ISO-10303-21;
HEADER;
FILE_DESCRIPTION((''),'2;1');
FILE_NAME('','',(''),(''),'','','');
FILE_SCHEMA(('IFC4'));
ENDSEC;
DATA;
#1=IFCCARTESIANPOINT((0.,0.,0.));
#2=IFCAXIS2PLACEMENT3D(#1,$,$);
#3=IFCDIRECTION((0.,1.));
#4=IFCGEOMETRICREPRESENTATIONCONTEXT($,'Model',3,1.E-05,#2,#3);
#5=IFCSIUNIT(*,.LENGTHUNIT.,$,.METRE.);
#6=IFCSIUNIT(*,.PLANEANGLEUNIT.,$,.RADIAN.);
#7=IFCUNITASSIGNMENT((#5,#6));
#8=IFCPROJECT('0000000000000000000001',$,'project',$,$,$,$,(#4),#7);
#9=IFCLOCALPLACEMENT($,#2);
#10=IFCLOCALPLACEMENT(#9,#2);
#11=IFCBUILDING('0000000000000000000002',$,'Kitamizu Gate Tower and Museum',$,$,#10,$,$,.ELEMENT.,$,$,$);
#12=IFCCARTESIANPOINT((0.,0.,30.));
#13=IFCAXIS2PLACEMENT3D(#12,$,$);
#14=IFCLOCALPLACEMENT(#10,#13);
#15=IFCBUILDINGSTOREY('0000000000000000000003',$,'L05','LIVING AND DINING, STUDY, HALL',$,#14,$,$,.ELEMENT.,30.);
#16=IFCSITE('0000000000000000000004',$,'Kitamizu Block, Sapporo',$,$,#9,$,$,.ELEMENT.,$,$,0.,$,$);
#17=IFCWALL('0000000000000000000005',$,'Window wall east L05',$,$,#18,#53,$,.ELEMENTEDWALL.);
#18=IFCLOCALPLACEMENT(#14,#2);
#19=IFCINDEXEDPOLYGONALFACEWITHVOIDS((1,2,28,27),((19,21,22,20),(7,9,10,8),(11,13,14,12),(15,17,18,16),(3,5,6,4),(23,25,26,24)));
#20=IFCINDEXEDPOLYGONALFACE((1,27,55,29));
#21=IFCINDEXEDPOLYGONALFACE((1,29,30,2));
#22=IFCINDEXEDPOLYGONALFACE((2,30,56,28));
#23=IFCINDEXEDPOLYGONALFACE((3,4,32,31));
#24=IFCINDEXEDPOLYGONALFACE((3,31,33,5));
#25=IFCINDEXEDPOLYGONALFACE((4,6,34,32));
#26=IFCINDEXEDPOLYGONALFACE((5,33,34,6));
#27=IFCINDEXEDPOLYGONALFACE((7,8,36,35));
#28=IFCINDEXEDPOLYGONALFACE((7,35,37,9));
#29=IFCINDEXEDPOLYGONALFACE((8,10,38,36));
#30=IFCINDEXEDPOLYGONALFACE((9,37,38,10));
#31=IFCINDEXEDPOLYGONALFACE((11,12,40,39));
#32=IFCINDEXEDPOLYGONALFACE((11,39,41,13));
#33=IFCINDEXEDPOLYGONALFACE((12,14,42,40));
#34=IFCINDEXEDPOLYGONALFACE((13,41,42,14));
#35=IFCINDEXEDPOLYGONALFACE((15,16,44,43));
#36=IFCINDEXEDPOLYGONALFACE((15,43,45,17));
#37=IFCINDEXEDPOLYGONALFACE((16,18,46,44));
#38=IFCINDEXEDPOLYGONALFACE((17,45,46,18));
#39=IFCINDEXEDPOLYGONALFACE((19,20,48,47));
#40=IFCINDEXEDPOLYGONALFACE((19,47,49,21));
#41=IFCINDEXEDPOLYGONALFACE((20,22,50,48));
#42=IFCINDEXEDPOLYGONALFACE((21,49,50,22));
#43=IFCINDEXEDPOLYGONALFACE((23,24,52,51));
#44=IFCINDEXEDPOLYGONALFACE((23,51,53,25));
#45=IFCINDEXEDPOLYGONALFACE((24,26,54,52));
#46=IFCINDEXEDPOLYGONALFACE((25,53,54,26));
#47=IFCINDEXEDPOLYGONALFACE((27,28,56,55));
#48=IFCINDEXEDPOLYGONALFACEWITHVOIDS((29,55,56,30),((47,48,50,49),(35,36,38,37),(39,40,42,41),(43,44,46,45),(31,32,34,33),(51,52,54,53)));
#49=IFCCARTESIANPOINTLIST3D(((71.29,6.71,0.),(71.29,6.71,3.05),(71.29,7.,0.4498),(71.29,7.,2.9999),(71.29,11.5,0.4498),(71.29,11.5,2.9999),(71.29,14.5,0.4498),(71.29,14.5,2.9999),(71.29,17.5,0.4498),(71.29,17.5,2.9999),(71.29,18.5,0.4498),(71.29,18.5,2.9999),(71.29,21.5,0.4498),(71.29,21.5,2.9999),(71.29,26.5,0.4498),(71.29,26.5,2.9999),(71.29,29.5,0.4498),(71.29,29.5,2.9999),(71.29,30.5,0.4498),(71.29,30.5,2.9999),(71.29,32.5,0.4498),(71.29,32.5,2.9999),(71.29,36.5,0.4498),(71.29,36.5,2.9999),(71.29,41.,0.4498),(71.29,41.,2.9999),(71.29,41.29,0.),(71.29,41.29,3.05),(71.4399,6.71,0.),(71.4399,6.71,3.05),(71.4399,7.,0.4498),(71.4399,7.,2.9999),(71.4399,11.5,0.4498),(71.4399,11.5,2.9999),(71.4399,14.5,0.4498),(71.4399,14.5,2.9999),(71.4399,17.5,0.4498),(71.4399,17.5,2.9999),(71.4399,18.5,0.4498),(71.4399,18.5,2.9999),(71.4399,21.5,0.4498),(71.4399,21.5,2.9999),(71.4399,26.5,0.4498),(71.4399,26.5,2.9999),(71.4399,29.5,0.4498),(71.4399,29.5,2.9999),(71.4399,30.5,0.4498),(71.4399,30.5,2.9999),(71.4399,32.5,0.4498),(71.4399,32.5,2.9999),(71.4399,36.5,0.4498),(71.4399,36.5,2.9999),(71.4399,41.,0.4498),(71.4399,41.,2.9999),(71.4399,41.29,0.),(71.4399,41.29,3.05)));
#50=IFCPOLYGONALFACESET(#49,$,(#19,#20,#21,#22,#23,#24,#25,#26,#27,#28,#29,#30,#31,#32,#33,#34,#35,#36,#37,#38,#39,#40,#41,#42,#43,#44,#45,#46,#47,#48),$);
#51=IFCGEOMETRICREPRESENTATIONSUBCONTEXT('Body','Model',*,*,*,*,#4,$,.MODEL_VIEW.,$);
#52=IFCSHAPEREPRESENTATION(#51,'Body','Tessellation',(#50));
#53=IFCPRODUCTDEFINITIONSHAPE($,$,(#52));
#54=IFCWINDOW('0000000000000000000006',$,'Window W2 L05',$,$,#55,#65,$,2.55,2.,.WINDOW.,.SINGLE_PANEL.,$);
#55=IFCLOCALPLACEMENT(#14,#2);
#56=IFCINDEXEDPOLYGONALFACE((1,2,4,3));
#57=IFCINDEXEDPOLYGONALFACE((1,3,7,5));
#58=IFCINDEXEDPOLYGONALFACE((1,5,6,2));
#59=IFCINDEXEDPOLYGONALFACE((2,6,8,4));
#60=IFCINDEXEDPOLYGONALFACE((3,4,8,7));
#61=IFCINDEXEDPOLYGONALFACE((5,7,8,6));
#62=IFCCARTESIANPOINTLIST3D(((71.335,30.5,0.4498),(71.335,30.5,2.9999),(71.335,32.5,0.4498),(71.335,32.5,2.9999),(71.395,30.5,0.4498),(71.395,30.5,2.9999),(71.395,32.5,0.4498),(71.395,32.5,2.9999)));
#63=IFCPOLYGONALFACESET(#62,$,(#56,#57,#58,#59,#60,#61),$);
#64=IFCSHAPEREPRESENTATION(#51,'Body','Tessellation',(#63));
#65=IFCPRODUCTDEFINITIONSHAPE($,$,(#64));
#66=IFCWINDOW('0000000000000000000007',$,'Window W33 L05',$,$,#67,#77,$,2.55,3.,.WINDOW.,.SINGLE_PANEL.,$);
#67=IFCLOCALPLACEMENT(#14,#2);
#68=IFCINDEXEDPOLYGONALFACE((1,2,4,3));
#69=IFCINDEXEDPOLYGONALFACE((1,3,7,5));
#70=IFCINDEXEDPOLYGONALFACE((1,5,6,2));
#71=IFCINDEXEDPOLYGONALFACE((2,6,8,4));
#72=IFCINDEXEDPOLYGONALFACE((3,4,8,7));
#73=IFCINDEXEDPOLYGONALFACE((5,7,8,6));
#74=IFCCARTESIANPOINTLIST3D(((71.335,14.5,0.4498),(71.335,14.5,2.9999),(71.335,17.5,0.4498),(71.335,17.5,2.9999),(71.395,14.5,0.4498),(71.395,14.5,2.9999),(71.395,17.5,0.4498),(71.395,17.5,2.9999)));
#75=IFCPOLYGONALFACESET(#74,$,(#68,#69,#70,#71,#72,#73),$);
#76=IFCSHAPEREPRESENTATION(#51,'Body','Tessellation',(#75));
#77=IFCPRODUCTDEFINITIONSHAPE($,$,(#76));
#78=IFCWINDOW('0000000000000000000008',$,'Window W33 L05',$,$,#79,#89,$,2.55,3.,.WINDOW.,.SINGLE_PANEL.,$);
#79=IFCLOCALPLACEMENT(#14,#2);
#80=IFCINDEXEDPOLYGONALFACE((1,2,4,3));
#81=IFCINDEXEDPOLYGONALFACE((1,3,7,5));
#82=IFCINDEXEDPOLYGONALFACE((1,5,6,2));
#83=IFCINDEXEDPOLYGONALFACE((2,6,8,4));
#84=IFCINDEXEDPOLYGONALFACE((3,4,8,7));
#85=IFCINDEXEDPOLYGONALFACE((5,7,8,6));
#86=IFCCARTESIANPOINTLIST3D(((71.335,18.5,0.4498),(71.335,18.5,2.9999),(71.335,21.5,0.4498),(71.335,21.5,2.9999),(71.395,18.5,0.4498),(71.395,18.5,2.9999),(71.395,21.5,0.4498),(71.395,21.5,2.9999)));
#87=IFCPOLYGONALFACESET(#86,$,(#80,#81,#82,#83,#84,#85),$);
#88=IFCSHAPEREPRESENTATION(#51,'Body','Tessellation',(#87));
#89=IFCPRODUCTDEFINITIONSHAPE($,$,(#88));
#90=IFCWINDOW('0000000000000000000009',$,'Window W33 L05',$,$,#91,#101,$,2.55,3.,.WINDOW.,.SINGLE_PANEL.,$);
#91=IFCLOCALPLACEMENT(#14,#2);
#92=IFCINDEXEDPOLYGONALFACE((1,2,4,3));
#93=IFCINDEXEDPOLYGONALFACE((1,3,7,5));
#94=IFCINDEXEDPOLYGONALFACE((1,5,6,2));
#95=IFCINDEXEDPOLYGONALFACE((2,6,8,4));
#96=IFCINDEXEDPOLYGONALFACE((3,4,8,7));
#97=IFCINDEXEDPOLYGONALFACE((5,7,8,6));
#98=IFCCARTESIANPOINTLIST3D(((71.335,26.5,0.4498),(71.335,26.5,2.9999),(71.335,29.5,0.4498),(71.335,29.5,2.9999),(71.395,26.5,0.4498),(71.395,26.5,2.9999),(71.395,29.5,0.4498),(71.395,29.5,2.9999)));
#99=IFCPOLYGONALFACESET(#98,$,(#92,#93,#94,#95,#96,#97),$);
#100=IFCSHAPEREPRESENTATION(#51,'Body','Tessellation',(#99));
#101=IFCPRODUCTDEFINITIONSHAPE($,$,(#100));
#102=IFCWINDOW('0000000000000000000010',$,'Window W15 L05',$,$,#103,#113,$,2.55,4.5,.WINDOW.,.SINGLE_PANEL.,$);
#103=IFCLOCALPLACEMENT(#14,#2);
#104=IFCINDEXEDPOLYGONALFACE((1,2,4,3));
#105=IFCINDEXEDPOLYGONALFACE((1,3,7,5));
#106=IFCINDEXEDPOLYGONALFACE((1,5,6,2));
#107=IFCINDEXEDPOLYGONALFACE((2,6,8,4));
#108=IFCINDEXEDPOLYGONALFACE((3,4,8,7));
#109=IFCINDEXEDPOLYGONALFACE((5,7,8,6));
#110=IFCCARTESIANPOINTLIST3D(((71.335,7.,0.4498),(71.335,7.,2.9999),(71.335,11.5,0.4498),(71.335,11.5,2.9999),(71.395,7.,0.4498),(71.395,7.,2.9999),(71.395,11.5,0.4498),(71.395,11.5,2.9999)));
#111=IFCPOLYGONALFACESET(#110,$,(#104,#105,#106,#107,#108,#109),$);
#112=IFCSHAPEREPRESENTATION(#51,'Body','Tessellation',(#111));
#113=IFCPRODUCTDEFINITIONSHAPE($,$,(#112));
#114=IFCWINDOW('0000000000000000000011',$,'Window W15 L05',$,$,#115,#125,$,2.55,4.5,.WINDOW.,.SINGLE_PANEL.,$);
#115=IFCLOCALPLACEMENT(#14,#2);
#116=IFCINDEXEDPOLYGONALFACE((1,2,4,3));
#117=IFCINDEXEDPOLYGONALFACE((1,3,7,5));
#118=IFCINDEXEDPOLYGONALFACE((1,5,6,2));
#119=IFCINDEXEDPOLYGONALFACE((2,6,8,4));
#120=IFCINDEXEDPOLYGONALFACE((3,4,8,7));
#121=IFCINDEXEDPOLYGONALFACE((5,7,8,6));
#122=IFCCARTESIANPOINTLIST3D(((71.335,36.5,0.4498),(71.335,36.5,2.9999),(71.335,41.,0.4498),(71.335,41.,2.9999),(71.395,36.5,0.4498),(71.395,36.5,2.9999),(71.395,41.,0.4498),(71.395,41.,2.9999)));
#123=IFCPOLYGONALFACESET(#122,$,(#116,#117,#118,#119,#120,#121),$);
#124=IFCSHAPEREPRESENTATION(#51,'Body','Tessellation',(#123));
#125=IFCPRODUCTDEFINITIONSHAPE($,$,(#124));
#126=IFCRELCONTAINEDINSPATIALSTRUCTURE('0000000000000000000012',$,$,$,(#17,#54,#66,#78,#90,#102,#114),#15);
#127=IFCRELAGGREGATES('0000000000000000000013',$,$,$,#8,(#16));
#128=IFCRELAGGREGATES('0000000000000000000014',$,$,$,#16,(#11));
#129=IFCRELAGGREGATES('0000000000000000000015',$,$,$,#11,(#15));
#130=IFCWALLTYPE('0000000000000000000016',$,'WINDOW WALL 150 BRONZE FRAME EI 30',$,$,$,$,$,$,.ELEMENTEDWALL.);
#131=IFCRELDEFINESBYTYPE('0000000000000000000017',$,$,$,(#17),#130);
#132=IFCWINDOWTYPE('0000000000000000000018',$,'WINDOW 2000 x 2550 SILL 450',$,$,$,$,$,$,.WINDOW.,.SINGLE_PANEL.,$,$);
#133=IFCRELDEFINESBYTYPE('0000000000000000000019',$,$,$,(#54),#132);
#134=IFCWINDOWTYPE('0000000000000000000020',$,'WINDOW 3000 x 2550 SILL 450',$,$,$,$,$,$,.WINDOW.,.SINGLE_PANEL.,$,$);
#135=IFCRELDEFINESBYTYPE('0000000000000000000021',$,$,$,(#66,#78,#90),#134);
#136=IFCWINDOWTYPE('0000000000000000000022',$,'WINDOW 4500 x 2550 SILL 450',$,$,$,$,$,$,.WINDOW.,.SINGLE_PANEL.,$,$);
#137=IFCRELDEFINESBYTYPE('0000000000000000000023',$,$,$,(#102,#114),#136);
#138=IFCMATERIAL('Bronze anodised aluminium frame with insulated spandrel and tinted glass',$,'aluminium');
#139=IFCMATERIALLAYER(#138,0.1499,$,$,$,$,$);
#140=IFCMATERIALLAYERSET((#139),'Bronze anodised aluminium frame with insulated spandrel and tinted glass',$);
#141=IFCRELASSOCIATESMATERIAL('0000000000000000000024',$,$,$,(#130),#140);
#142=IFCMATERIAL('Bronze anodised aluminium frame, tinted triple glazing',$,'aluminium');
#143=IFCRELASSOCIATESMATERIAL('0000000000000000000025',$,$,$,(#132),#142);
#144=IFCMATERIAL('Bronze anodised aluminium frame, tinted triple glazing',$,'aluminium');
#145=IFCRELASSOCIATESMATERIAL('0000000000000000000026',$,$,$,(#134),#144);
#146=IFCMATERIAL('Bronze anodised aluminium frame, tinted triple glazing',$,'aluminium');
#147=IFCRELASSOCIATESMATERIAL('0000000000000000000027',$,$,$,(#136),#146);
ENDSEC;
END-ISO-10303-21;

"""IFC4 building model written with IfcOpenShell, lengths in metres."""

from ifc_helpers import new_model, si_unit, direction, frame, frame_2d, origin, place, context, subcontext, project, spatial, rectangle, extrude, material, layer, layer_set, type_object, element, fill, save


model = new_model("IFC4")

# Units and contexts
model_context = context("Model", 3, precision=1e-05, world=origin(), true_north=direction((0.0, 1.0)))
body_context = subcontext(model_context, "Body", "Model", "MODEL_VIEW")
ifc_project = project(units=[si_unit("LENGTHUNIT", "METRE"), si_unit("PLANEANGLEUNIT", "RADIAN")], contexts=[model_context])

# Site, building, storey
site_placement = place(None, origin())
site = spatial("IfcSite", under=ifc_project, at=site_placement, Name="Kitamizu Block, Sapporo", CompositionType="ELEMENT", RefElevation=0.0)
building_placement = place(site_placement, origin())
building = spatial("IfcBuilding", under=site, at=building_placement, Name="Kitamizu Gate Tower and Museum", CompositionType="ELEMENT")
storey_placement = place(building_placement, frame((0.0, 0.0, 30.0)))
storey = spatial("IfcBuildingStorey", under=building, at=storey_placement, Name="L05", Description="LIVING AND DINING, STUDY, HALL", CompositionType="ELEMENT", Elevation=30.0)

# Shared definitions
ifc_material_1 = material(Name="Bronze anodised aluminium frame with insulated spandrel and tinted glass", Category="aluminium")
ifc_layer_1 = layer(ifc_material_1, 0.1499)
ifc_layer_set_1 = layer_set([ifc_layer_1], Name="Bronze anodised aluminium frame with insulated spandrel and tinted glass")
wall_type_1 = type_object("IfcWallType", Name="WINDOW WALL 150 BRONZE FRAME EI 30", PredefinedType="ELEMENTEDWALL", material=ifc_layer_set_1)

# Wall, openings, windows
wall_1_placement = place(storey_placement, frame((71.365, 6.71, 0.0), z_axis=(0.0, 0.0, 1.0), x_axis=(0.0, 1.0, 0.0)))
wall_1 = element("IfcWall", 1, at=wall_1_placement, inside=storey, type_object=wall_type_1, Name="Window wall east L05", PredefinedType="ELEMENTEDWALL", context=body_context, shape_type="SweptSolid", body=[
    extrude(rectangle(XDim=34.5801, YDim=0.1499, at=frame_2d((17.29, 0.0))), origin(), (0.0, 0.0, 1.0), 3.05),
])
opening_1_placement = place(wall_1_placement, frame((0.29, 0.0, 0.45)))
opening_1 = element("IfcOpeningElement", 2, at=opening_1_placement, cuts=wall_1, PredefinedType="OPENING", context=body_context, shape_type="SweptSolid", body=[
    extrude(rectangle(XDim=4.5, YDim=2.55, at=frame_2d((2.25, 1.2749))), frame((0.0, 0.085, 0.0), z_axis=(0.0, -1.0, 0.0), x_axis=(1.0, 0.0, 0.0)), (0.0, 0.0, 1.0), 0.1699),
])
opening_2_placement = place(wall_1_placement, frame((7.79, 0.0, 0.45)))
opening_2 = element("IfcOpeningElement", 3, at=opening_2_placement, cuts=wall_1, PredefinedType="OPENING", context=body_context, shape_type="SweptSolid", body=[
    extrude(rectangle(XDim=3.0, YDim=2.55, at=frame_2d((1.5, 1.2749))), frame((0.0, 0.085, 0.0), z_axis=(0.0, -1.0, 0.0), x_axis=(1.0, 0.0, 0.0)), (0.0, 0.0, 1.0), 0.1699),
])
opening_3_placement = place(wall_1_placement, frame((11.79, 0.0, 0.45)))
opening_3 = element("IfcOpeningElement", 4, at=opening_3_placement, cuts=wall_1, PredefinedType="OPENING", context=body_context, shape_type="SweptSolid", body=[
    extrude(rectangle(XDim=3.0, YDim=2.55, at=frame_2d((1.5, 1.2749))), frame((0.0, 0.085, 0.0), z_axis=(0.0, -1.0, 0.0), x_axis=(1.0, 0.0, 0.0)), (0.0, 0.0, 1.0), 0.1699),
])
opening_4_placement = place(wall_1_placement, frame((19.79, 0.0, 0.45)))
opening_4 = element("IfcOpeningElement", 5, at=opening_4_placement, cuts=wall_1, PredefinedType="OPENING", context=body_context, shape_type="SweptSolid", body=[
    extrude(rectangle(XDim=3.0, YDim=2.55, at=frame_2d((1.5, 1.2749))), frame((0.0, 0.085, 0.0), z_axis=(0.0, -1.0, 0.0), x_axis=(1.0, 0.0, 0.0)), (0.0, 0.0, 1.0), 0.1699),
])
opening_5_placement = place(wall_1_placement, frame((23.79, 0.0, 0.45)))
opening_5 = element("IfcOpeningElement", 6, at=opening_5_placement, cuts=wall_1, PredefinedType="OPENING", context=body_context, shape_type="SweptSolid", body=[
    extrude(rectangle(XDim=2.0, YDim=2.55, at=frame_2d((1.0, 1.2749))), frame((0.0, 0.085, 0.0), z_axis=(0.0, -1.0, 0.0), x_axis=(1.0, 0.0, 0.0)), (0.0, 0.0, 1.0), 0.1699),
])
opening_6_placement = place(wall_1_placement, frame((29.79, 0.0, 0.45)))
opening_6 = element("IfcOpeningElement", 7, at=opening_6_placement, cuts=wall_1, PredefinedType="OPENING", context=body_context, shape_type="SweptSolid", body=[
    extrude(rectangle(XDim=4.5, YDim=2.55, at=frame_2d((2.25, 1.2749))), frame((0.0, 0.085, 0.0), z_axis=(0.0, -1.0, 0.0), x_axis=(1.0, 0.0, 0.0)), (0.0, 0.0, 1.0), 0.1699),
])
ifc_material_2 = material(Name="Bronze anodised aluminium frame, tinted triple glazing", Category="aluminium")
window_type_1 = type_object("IfcWindowType", Name="WINDOW 2000 x 2550 SILL 450", PartitioningType="SINGLE_PANEL", PredefinedType="WINDOW", material=ifc_material_2)
window_1_placement = place(opening_5_placement, origin())
window_1 = element("IfcWindow", 8, at=window_1_placement, inside=storey, type_object=window_type_1, Name="Window W2 L05", OverallHeight=2.55, OverallWidth=2.0, PartitioningType="SINGLE_PANEL", PredefinedType="WINDOW", context=body_context, shape_type="SweptSolid", body=[
    extrude(rectangle(XDim=2.0, YDim=2.55, at=frame_2d((1.0, 1.2749))), frame((0.0, 0.03, 0.0), z_axis=(0.0, -1.0, 0.0), x_axis=(1.0, 0.0, 0.0)), (0.0, 0.0, 1.0), 0.0601),
])
fill(opening_5, window_1)
ifc_material_3 = material(Name="Bronze anodised aluminium frame, tinted triple glazing", Category="aluminium")
window_type_2 = type_object("IfcWindowType", Name="WINDOW 3000 x 2550 SILL 450", PartitioningType="SINGLE_PANEL", PredefinedType="WINDOW", material=ifc_material_3)
window_2_placement = place(opening_2_placement, origin())
window_2 = element("IfcWindow", 9, at=window_2_placement, inside=storey, type_object=window_type_2, Name="Window W33 L05", OverallHeight=2.55, OverallWidth=3.0, PartitioningType="SINGLE_PANEL", PredefinedType="WINDOW", context=body_context, shape_type="SweptSolid", body=[
    extrude(rectangle(XDim=3.0, YDim=2.55, at=frame_2d((1.5, 1.2749))), frame((0.0, 0.03, 0.0), z_axis=(0.0, -1.0, 0.0), x_axis=(1.0, 0.0, 0.0)), (0.0, 0.0, 1.0), 0.0601),
])
fill(opening_2, window_2)
window_3_placement = place(opening_3_placement, origin())
window_3 = element("IfcWindow", 10, at=window_3_placement, inside=storey, type_object=window_type_2, Name="Window W33 L05", OverallHeight=2.55, OverallWidth=3.0, PartitioningType="SINGLE_PANEL", PredefinedType="WINDOW", context=body_context, shape_type="SweptSolid", body=[
    extrude(rectangle(XDim=3.0, YDim=2.55, at=frame_2d((1.5, 1.2749))), frame((0.0, 0.03, 0.0), z_axis=(0.0, -1.0, 0.0), x_axis=(1.0, 0.0, 0.0)), (0.0, 0.0, 1.0), 0.0601),
])
fill(opening_3, window_3)
window_4_placement = place(opening_4_placement, origin())
window_4 = element("IfcWindow", 11, at=window_4_placement, inside=storey, type_object=window_type_2, Name="Window W33 L05", OverallHeight=2.55, OverallWidth=3.0, PartitioningType="SINGLE_PANEL", PredefinedType="WINDOW", context=body_context, shape_type="SweptSolid", body=[
    extrude(rectangle(XDim=3.0, YDim=2.55, at=frame_2d((1.5, 1.2749))), frame((0.0, 0.03, 0.0), z_axis=(0.0, -1.0, 0.0), x_axis=(1.0, 0.0, 0.0)), (0.0, 0.0, 1.0), 0.0601),
])
fill(opening_4, window_4)
ifc_material_4 = material(Name="Bronze anodised aluminium frame, tinted triple glazing", Category="aluminium")
window_type_3 = type_object("IfcWindowType", Name="WINDOW 4500 x 2550 SILL 450", PartitioningType="SINGLE_PANEL", PredefinedType="WINDOW", material=ifc_material_4)
window_5_placement = place(opening_1_placement, origin())
window_5 = element("IfcWindow", 12, at=window_5_placement, inside=storey, type_object=window_type_3, Name="Window W15 L05", OverallHeight=2.55, OverallWidth=4.5, PartitioningType="SINGLE_PANEL", PredefinedType="WINDOW", context=body_context, shape_type="SweptSolid", body=[
    extrude(rectangle(XDim=4.5, YDim=2.55, at=frame_2d((2.25, 1.2749))), frame((0.0, 0.03, 0.0), z_axis=(0.0, -1.0, 0.0), x_axis=(1.0, 0.0, 0.0)), (0.0, 0.0, 1.0), 0.0601),
])
fill(opening_1, window_5)
window_6_placement = place(opening_6_placement, origin())
window_6 = element("IfcWindow", 13, at=window_6_placement, inside=storey, type_object=window_type_3, Name="Window W15 L05", OverallHeight=2.55, OverallWidth=4.5, PartitioningType="SINGLE_PANEL", PredefinedType="WINDOW", context=body_context, shape_type="SweptSolid", body=[
    extrude(rectangle(XDim=4.5, YDim=2.55, at=frame_2d((2.25, 1.2749))), frame((0.0, 0.03, 0.0), z_axis=(0.0, -1.0, 0.0), x_axis=(1.0, 0.0, 0.0)), (0.0, 0.0, 1.0), 0.0601),
])
fill(opening_6, window_6)

save(model, "model.ifc")
